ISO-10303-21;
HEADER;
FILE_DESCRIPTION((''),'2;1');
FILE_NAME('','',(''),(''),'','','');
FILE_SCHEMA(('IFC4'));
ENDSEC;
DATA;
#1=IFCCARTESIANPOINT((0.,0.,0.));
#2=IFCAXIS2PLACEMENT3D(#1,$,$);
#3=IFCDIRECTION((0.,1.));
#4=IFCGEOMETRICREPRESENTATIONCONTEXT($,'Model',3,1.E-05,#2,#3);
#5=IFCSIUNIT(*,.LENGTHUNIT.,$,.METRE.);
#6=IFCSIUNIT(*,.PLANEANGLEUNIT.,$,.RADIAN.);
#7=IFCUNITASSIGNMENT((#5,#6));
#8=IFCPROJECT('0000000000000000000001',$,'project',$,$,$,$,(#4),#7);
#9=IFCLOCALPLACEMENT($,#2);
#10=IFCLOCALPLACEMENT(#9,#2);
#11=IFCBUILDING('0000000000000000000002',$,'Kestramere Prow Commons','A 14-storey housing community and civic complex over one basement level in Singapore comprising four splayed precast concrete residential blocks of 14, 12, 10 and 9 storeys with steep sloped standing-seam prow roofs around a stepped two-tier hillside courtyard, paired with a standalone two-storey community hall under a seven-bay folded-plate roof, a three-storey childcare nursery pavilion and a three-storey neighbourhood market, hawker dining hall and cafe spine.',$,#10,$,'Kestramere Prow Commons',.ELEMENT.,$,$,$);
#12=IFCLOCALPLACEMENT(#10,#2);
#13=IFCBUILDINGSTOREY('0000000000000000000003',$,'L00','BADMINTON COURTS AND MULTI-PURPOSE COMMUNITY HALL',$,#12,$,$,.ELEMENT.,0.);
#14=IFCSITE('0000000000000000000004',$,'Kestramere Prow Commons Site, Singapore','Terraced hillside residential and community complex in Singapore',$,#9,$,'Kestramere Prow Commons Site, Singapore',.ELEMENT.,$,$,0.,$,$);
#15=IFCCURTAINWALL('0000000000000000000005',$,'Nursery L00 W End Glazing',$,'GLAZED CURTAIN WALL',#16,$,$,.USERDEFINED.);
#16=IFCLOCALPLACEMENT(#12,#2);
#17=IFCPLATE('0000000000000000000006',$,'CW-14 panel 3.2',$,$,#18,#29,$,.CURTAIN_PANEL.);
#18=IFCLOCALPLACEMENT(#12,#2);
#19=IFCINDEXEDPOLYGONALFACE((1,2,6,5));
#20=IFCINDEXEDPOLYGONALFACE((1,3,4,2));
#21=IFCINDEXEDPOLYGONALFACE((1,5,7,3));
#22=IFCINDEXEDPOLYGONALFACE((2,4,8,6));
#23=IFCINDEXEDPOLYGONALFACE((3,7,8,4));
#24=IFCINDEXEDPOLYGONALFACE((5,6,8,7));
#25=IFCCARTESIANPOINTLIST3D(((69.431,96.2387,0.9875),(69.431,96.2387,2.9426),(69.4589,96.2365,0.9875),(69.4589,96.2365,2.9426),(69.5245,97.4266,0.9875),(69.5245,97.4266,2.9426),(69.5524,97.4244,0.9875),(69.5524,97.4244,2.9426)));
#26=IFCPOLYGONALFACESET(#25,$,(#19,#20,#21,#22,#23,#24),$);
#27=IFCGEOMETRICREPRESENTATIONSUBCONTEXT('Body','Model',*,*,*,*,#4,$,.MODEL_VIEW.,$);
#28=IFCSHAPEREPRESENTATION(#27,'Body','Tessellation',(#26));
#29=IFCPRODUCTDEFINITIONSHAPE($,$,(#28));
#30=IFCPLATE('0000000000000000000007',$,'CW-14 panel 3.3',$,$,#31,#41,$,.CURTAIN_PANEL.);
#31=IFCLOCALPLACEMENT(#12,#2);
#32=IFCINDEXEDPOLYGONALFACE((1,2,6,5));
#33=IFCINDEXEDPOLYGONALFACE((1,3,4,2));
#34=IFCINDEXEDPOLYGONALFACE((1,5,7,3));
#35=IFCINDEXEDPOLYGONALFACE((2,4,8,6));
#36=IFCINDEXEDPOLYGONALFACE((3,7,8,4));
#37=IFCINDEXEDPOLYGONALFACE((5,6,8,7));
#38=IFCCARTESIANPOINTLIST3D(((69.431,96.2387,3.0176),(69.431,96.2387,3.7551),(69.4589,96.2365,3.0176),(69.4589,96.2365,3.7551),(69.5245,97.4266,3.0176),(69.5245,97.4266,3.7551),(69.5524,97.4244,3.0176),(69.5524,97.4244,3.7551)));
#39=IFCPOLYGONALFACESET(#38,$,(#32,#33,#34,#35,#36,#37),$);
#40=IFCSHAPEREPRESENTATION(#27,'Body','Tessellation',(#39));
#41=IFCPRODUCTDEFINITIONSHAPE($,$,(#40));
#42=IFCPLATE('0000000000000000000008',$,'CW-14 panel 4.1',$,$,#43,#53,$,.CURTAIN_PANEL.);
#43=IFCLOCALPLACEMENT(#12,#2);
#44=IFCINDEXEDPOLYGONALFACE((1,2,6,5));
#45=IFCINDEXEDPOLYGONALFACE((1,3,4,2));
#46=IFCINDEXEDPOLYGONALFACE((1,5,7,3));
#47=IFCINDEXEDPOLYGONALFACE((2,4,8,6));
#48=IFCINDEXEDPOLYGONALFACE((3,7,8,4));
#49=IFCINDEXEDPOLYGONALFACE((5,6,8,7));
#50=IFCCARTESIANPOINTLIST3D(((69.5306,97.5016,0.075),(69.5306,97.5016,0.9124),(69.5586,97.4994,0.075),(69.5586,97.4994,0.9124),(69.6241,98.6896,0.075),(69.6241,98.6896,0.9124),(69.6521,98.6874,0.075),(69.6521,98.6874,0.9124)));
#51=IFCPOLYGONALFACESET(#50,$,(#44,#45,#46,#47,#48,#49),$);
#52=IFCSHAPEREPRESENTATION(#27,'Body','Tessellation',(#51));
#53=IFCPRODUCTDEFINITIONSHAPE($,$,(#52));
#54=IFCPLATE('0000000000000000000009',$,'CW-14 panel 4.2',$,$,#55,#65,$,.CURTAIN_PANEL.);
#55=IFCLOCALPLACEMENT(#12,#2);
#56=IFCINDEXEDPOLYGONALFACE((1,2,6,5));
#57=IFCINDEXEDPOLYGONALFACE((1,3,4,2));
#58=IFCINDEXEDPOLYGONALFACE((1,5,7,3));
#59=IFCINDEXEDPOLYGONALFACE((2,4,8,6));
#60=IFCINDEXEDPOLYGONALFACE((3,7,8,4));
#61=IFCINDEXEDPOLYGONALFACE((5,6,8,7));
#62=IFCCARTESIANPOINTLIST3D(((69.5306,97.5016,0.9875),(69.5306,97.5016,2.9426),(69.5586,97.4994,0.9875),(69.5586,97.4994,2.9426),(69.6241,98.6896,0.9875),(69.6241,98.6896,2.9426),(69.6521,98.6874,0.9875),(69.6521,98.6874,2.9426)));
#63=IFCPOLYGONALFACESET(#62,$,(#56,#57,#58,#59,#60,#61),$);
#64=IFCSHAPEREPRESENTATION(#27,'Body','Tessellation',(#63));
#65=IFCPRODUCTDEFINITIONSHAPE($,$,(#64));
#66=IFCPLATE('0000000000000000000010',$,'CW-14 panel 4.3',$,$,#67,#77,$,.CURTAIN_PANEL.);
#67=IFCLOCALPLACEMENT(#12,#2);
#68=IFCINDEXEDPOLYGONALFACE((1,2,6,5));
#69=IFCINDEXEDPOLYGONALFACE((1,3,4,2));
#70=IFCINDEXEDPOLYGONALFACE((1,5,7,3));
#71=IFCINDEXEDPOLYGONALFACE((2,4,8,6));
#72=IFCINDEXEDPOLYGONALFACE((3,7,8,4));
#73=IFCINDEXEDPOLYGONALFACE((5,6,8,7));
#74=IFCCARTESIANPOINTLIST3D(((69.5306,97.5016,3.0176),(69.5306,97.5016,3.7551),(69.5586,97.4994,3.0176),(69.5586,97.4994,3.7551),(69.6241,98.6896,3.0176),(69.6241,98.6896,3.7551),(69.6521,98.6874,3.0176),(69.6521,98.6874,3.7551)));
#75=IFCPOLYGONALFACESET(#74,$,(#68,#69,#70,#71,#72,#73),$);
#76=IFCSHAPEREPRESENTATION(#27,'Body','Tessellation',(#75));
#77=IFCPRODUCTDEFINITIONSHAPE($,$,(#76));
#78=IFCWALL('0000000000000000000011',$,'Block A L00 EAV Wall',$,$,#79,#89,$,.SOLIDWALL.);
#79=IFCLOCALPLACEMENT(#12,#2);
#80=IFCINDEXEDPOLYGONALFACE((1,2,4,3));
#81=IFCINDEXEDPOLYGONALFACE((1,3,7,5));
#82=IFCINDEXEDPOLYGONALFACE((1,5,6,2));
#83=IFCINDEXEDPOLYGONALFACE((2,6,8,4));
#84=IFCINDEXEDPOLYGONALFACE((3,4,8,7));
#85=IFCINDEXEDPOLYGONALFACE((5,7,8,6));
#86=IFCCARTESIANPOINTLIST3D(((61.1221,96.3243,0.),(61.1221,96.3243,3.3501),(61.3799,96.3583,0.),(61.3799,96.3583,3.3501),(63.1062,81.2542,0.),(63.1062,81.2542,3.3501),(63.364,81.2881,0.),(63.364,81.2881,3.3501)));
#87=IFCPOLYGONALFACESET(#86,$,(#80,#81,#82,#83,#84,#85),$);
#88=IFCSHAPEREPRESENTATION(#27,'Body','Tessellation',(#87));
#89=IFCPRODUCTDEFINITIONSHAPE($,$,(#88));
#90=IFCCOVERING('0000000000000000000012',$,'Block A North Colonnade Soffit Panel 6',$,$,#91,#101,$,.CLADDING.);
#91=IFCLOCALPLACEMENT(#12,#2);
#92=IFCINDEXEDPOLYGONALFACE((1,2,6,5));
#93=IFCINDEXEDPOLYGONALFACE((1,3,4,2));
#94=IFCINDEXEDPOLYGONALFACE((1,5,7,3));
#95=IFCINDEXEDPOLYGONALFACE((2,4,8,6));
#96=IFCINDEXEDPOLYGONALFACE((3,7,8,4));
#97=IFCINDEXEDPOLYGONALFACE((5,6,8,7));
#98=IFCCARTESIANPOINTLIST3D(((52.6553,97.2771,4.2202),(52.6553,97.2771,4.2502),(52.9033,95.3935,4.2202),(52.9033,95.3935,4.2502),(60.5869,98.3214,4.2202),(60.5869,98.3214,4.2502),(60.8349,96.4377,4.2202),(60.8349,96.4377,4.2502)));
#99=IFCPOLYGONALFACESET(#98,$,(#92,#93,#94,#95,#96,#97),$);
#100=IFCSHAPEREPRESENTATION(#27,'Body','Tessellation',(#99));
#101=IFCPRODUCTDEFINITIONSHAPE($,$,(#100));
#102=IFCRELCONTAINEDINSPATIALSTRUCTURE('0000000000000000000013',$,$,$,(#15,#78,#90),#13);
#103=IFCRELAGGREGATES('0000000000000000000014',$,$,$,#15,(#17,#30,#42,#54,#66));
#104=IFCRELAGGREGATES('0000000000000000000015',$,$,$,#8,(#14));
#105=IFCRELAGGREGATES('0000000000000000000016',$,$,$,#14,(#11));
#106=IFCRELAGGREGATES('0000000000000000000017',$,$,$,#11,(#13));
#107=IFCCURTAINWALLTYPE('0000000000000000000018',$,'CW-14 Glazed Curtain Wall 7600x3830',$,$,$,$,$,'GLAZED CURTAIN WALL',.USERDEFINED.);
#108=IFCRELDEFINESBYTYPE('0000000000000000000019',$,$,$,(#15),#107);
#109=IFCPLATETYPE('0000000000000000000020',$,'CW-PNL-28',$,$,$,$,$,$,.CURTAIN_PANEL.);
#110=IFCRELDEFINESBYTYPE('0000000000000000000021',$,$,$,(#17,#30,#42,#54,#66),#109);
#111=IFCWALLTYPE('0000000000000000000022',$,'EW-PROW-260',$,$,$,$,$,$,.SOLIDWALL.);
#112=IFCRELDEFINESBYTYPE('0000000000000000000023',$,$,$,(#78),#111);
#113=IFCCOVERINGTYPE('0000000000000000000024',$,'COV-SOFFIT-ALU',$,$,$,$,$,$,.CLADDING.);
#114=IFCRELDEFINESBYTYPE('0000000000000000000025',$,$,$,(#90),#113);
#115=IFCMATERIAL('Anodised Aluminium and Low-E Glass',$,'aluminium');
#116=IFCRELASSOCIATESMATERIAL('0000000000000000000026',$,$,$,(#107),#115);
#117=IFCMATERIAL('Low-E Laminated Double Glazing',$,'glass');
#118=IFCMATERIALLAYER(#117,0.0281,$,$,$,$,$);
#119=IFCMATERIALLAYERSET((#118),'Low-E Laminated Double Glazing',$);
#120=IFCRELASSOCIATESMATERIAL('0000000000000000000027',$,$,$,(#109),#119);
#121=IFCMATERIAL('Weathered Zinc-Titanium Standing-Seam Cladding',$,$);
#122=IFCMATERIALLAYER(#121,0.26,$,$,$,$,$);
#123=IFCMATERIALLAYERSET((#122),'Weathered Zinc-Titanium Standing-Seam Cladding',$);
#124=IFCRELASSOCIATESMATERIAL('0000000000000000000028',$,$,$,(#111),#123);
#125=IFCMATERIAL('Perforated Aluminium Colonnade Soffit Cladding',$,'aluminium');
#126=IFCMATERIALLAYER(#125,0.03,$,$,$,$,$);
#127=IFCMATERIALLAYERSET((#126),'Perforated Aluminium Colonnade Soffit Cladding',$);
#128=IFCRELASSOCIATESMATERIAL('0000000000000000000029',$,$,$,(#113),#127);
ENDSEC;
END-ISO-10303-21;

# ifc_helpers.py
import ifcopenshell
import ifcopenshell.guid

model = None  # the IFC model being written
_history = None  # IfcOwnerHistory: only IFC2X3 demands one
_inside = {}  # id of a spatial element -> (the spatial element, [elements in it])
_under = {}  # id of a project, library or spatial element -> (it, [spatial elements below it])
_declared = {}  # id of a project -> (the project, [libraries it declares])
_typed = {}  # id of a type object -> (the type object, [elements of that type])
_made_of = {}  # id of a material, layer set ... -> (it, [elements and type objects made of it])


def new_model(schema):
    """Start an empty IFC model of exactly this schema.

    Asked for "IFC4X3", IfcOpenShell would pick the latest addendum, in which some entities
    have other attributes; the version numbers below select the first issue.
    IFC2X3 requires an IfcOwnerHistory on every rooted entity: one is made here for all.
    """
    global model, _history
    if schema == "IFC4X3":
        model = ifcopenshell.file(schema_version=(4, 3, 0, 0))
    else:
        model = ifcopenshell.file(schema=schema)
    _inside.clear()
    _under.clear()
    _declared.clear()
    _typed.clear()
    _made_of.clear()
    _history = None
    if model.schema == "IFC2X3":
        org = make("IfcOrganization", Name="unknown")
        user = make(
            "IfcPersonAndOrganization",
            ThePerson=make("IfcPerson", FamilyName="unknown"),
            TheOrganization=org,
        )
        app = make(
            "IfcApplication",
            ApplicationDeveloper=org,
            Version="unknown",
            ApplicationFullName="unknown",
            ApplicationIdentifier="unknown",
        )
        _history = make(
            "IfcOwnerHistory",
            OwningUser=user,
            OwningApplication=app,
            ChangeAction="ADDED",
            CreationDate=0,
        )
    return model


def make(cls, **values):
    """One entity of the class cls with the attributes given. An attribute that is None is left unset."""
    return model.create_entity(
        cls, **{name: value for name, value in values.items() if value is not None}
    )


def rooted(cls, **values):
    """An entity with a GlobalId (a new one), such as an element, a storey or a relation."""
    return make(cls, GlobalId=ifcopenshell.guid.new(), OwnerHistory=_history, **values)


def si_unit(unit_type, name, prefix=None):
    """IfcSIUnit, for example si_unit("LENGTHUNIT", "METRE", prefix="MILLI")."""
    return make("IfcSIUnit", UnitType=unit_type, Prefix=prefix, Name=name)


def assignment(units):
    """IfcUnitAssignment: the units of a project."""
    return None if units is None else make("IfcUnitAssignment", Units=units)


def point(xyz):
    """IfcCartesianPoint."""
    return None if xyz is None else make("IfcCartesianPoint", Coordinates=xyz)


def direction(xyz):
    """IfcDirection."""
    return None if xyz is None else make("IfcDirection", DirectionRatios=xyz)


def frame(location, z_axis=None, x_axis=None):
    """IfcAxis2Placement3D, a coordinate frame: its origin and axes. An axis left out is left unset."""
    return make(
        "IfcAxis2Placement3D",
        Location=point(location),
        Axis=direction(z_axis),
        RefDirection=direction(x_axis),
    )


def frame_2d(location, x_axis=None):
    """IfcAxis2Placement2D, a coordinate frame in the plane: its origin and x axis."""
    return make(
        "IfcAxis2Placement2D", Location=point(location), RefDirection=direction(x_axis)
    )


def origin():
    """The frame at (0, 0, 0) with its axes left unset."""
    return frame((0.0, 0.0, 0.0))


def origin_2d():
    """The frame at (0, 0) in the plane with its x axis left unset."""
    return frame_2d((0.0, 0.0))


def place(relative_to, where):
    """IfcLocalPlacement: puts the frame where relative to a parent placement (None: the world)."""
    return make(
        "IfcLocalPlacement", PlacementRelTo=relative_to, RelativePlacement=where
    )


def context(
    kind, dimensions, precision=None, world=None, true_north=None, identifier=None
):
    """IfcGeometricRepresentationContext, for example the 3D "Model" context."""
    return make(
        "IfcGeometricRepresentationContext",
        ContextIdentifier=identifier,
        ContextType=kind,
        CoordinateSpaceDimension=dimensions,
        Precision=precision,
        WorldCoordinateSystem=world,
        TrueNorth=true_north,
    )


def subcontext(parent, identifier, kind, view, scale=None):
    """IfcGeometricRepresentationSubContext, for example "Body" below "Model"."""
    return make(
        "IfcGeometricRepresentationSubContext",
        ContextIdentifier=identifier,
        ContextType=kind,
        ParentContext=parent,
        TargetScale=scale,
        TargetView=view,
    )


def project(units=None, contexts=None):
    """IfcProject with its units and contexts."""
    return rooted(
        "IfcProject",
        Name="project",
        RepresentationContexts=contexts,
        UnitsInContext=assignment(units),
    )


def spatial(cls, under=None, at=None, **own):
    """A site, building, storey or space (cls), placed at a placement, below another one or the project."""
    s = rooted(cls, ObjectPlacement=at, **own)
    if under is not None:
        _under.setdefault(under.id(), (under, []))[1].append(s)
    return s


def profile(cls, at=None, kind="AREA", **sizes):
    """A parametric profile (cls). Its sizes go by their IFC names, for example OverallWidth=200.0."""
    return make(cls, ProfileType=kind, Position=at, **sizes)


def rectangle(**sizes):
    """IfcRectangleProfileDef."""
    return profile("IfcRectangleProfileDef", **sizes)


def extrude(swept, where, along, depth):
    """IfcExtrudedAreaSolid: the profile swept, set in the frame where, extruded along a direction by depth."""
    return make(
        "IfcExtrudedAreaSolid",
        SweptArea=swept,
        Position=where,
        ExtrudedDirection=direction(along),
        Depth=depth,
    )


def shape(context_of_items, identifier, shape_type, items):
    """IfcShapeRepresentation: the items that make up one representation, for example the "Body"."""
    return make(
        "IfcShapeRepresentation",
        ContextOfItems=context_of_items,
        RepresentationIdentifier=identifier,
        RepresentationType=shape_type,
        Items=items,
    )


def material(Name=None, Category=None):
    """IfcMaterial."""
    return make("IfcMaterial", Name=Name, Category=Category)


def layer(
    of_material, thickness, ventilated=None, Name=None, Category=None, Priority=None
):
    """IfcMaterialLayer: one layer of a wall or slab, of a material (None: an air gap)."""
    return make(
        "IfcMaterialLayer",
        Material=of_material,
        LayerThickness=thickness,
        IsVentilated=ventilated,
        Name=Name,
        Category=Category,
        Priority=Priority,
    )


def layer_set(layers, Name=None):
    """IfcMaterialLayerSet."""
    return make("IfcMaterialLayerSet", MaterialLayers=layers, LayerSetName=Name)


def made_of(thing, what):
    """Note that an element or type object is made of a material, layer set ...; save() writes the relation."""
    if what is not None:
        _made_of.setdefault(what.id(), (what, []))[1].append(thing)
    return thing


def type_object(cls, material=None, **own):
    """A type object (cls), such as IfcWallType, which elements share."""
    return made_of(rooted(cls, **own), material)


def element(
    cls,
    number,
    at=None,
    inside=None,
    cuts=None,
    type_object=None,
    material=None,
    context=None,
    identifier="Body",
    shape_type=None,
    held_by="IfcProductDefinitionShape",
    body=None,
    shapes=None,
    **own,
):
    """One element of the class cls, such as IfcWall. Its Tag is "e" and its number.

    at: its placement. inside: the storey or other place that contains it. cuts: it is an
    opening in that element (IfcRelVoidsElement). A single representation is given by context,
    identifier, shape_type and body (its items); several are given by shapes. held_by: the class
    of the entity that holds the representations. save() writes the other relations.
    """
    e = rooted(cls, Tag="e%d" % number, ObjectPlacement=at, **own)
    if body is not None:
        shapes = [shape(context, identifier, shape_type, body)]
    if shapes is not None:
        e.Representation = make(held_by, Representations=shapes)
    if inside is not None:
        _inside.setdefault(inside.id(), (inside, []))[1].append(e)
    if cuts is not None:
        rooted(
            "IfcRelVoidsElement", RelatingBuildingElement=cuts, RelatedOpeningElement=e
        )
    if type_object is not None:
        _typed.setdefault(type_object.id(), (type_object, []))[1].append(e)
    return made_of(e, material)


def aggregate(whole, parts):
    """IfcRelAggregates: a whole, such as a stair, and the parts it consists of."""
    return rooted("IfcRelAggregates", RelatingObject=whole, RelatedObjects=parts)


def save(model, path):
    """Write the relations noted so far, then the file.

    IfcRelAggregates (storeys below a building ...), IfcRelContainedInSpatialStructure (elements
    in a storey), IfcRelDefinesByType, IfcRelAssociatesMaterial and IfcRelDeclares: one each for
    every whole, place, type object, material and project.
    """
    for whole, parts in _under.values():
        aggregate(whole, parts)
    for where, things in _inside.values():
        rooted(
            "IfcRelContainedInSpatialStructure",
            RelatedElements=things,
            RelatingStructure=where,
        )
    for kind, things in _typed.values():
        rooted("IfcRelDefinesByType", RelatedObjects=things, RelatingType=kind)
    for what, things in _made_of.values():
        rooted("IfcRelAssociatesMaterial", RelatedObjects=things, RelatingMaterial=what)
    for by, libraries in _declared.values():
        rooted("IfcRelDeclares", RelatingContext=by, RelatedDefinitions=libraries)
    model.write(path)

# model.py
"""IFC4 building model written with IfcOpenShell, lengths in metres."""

from ifc_helpers import new_model, si_unit, direction, frame, frame_2d, origin, origin_2d, place, context, subcontext, project, spatial, rectangle, extrude, material, layer, layer_set, type_object, element, aggregate, save


model = new_model("IFC4")

# Units and contexts
model_context = context("Model", 3, precision=1e-05, world=origin(), true_north=direction((0.0, 1.0)))
body_context = subcontext(model_context, "Body", "Model", "MODEL_VIEW")
ifc_project = project(units=[si_unit("LENGTHUNIT", "METRE"), si_unit("PLANEANGLEUNIT", "RADIAN")], contexts=[model_context])

# Site, building, storey
site_placement = place(None, origin())
site = spatial("IfcSite", under=ifc_project, at=site_placement, Name="Kestramere Prow Commons Site, Singapore", Description="Terraced hillside residential and community complex in Singapore", LongName="Kestramere Prow Commons Site, Singapore", CompositionType="ELEMENT", RefElevation=0.0)
building_placement = place(site_placement, origin())
building = spatial("IfcBuilding", under=site, at=building_placement, Name="Kestramere Prow Commons", Description="A 14-storey housing community and civic complex over one basement level in Singapore comprising four splayed precast concrete residential blocks of 14, 12, 10 and 9 storeys with steep sloped standing-seam prow roofs around a stepped two-tier hillside courtyard, paired with a standalone two-storey community hall under a seven-bay folded-plate roof, a three-storey childcare nursery pavilion and a three-storey neighbourhood market, hawker dining hall and cafe spine.", LongName="Kestramere Prow Commons", CompositionType="ELEMENT")
storey_placement = place(building_placement, origin())
storey = spatial("IfcBuildingStorey", under=building, at=storey_placement, Name="L00", Description="BADMINTON COURTS AND MULTI-PURPOSE COMMUNITY HALL", CompositionType="ELEMENT", Elevation=0.0)

# Curtain wall, plates
ifc_material_1 = material(Name="Anodised Aluminium and Low-E Glass", Category="aluminium")
curtain_wall_type = type_object("IfcCurtainWallType", Name="CW-14 Glazed Curtain Wall 7600x3830", ElementType="GLAZED CURTAIN WALL", PredefinedType="USERDEFINED", material=ifc_material_1)
curtain_wall_placement = place(storey_placement, origin())
curtain_wall = element("IfcCurtainWall", 1, at=curtain_wall_placement, inside=storey, type_object=curtain_wall_type, Name="Nursery L00 W End Glazing", ObjectType="GLAZED CURTAIN WALL", PredefinedType="USERDEFINED")
ifc_material_2 = material(Name="Low-E Laminated Double Glazing", Category="glass")
ifc_layer_1 = layer(ifc_material_2, 0.0281)
ifc_layer_set_1 = layer_set([ifc_layer_1], Name="Low-E Laminated Double Glazing")
plate_type = type_object("IfcPlateType", Name="CW-PNL-28", PredefinedType="CURTAIN_PANEL", material=ifc_layer_set_1)
plate_1_placement = place(storey_placement, frame((69.4917, 96.8315, 0.9875), z_axis=(0.0, 0.0, 1.0), x_axis=(0.078459, 0.996917, 0.0)))
plate_1 = element("IfcPlate", 2, at=plate_1_placement, type_object=plate_type, Name="CW-14 panel 3.2", PredefinedType="CURTAIN_PANEL", context=body_context, shape_type="SweptSolid", body=[
    extrude(rectangle(XDim=1.1917, YDim=0.0281, at=origin_2d()), origin(), (0.0, 0.0, 1.0), 1.9551),
])
plate_2_placement = place(storey_placement, frame((69.4917, 96.8315, 3.0176), z_axis=(0.0, 0.0, 1.0), x_axis=(0.078459, 0.996917, 0.0)))
plate_2 = element("IfcPlate", 3, at=plate_2_placement, type_object=plate_type, Name="CW-14 panel 3.3", PredefinedType="CURTAIN_PANEL", context=body_context, shape_type="SweptSolid", body=[
    extrude(rectangle(XDim=1.1917, YDim=0.0281, at=origin_2d()), origin(), (0.0, 0.0, 1.0), 0.7375),
])
plate_3_placement = place(storey_placement, frame((69.5913, 98.0945, 0.075), z_axis=(0.0, 0.0, 1.0), x_axis=(0.078459, 0.996917, 0.0)))
plate_3 = element("IfcPlate", 4, at=plate_3_placement, type_object=plate_type, Name="CW-14 panel 4.1", PredefinedType="CURTAIN_PANEL", context=body_context, shape_type="SweptSolid", body=[
    extrude(rectangle(XDim=1.1917, YDim=0.0281, at=origin_2d()), origin(), (0.0, 0.0, 1.0), 0.8374),
])
plate_4_placement = place(storey_placement, frame((69.5913, 98.0945, 0.9875), z_axis=(0.0, 0.0, 1.0), x_axis=(0.078459, 0.996917, 0.0)))
plate_4 = element("IfcPlate", 5, at=plate_4_placement, type_object=plate_type, Name="CW-14 panel 4.2", PredefinedType="CURTAIN_PANEL", context=body_context, shape_type="SweptSolid", body=[
    extrude(rectangle(XDim=1.1917, YDim=0.0281, at=origin_2d()), origin(), (0.0, 0.0, 1.0), 1.9551),
])
plate_5_placement = place(storey_placement, frame((69.5913, 98.0945, 3.0176), z_axis=(0.0, 0.0, 1.0), x_axis=(0.078459, 0.996917, 0.0)))
plate_5 = element("IfcPlate", 6, at=plate_5_placement, type_object=plate_type, Name="CW-14 panel 4.3", PredefinedType="CURTAIN_PANEL", context=body_context, shape_type="SweptSolid", body=[
    extrude(rectangle(XDim=1.1917, YDim=0.0281, at=origin_2d()), origin(), (0.0, 0.0, 1.0), 0.7375),
])
aggregate(curtain_wall, [plate_1, plate_2, plate_3, plate_4, plate_5])

# Wall
ifc_material_3 = material(Name="Weathered Zinc-Titanium Standing-Seam Cladding")
ifc_layer_2 = layer(ifc_material_3, 0.26)
ifc_layer_set_2 = layer_set([ifc_layer_2], Name="Weathered Zinc-Titanium Standing-Seam Cladding")
wall_type = type_object("IfcWallType", Name="EW-PROW-260", PredefinedType="SOLIDWALL", material=ifc_layer_set_2)
wall_placement = place(storey_placement, frame((61.251, 96.3413, 0.0), z_axis=(0.0, 0.0, 1.0), x_axis=(0.130534, -0.991444, 0.0)))
element("IfcWall", 7, at=wall_placement, inside=storey, type_object=wall_type, Name="Block A L00 EAV Wall", PredefinedType="SOLIDWALL", context=body_context, shape_type="SweptSolid", body=[
    extrude(rectangle(XDim=15.2002, YDim=0.26, at=frame_2d((7.6001, 0.0))), origin(), (0.0, 0.0, 1.0), 3.3501),
])

# Covering
ifc_material_4 = material(Name="Perforated Aluminium Colonnade Soffit Cladding", Category="aluminium")
ifc_layer_3 = layer(ifc_material_4, 0.03)
ifc_layer_set_3 = layer_set([ifc_layer_3], Name="Perforated Aluminium Colonnade Soffit Cladding")
covering_type = type_object("IfcCoveringType", Name="COV-SOFFIT-ALU", PredefinedType="CLADDING", material=ifc_layer_set_3)
covering_placement = place(storey_placement, frame((56.7451, 96.8574, 4.2202), z_axis=(0.0, 0.0, 1.0), x_axis=(0.991445, 0.130526, 0.0)))
element("IfcCovering", 8, at=covering_placement, inside=storey, type_object=covering_type, Name="Block A North Colonnade Soffit Panel 6", PredefinedType="CLADDING", context=body_context, shape_type="SweptSolid", body=[
    extrude(rectangle(XDim=8.0, YDim=1.8999, at=origin_2d()), origin(), (0.0, 0.0, 1.0), 0.03),
])

save(model, "model.ifc")
